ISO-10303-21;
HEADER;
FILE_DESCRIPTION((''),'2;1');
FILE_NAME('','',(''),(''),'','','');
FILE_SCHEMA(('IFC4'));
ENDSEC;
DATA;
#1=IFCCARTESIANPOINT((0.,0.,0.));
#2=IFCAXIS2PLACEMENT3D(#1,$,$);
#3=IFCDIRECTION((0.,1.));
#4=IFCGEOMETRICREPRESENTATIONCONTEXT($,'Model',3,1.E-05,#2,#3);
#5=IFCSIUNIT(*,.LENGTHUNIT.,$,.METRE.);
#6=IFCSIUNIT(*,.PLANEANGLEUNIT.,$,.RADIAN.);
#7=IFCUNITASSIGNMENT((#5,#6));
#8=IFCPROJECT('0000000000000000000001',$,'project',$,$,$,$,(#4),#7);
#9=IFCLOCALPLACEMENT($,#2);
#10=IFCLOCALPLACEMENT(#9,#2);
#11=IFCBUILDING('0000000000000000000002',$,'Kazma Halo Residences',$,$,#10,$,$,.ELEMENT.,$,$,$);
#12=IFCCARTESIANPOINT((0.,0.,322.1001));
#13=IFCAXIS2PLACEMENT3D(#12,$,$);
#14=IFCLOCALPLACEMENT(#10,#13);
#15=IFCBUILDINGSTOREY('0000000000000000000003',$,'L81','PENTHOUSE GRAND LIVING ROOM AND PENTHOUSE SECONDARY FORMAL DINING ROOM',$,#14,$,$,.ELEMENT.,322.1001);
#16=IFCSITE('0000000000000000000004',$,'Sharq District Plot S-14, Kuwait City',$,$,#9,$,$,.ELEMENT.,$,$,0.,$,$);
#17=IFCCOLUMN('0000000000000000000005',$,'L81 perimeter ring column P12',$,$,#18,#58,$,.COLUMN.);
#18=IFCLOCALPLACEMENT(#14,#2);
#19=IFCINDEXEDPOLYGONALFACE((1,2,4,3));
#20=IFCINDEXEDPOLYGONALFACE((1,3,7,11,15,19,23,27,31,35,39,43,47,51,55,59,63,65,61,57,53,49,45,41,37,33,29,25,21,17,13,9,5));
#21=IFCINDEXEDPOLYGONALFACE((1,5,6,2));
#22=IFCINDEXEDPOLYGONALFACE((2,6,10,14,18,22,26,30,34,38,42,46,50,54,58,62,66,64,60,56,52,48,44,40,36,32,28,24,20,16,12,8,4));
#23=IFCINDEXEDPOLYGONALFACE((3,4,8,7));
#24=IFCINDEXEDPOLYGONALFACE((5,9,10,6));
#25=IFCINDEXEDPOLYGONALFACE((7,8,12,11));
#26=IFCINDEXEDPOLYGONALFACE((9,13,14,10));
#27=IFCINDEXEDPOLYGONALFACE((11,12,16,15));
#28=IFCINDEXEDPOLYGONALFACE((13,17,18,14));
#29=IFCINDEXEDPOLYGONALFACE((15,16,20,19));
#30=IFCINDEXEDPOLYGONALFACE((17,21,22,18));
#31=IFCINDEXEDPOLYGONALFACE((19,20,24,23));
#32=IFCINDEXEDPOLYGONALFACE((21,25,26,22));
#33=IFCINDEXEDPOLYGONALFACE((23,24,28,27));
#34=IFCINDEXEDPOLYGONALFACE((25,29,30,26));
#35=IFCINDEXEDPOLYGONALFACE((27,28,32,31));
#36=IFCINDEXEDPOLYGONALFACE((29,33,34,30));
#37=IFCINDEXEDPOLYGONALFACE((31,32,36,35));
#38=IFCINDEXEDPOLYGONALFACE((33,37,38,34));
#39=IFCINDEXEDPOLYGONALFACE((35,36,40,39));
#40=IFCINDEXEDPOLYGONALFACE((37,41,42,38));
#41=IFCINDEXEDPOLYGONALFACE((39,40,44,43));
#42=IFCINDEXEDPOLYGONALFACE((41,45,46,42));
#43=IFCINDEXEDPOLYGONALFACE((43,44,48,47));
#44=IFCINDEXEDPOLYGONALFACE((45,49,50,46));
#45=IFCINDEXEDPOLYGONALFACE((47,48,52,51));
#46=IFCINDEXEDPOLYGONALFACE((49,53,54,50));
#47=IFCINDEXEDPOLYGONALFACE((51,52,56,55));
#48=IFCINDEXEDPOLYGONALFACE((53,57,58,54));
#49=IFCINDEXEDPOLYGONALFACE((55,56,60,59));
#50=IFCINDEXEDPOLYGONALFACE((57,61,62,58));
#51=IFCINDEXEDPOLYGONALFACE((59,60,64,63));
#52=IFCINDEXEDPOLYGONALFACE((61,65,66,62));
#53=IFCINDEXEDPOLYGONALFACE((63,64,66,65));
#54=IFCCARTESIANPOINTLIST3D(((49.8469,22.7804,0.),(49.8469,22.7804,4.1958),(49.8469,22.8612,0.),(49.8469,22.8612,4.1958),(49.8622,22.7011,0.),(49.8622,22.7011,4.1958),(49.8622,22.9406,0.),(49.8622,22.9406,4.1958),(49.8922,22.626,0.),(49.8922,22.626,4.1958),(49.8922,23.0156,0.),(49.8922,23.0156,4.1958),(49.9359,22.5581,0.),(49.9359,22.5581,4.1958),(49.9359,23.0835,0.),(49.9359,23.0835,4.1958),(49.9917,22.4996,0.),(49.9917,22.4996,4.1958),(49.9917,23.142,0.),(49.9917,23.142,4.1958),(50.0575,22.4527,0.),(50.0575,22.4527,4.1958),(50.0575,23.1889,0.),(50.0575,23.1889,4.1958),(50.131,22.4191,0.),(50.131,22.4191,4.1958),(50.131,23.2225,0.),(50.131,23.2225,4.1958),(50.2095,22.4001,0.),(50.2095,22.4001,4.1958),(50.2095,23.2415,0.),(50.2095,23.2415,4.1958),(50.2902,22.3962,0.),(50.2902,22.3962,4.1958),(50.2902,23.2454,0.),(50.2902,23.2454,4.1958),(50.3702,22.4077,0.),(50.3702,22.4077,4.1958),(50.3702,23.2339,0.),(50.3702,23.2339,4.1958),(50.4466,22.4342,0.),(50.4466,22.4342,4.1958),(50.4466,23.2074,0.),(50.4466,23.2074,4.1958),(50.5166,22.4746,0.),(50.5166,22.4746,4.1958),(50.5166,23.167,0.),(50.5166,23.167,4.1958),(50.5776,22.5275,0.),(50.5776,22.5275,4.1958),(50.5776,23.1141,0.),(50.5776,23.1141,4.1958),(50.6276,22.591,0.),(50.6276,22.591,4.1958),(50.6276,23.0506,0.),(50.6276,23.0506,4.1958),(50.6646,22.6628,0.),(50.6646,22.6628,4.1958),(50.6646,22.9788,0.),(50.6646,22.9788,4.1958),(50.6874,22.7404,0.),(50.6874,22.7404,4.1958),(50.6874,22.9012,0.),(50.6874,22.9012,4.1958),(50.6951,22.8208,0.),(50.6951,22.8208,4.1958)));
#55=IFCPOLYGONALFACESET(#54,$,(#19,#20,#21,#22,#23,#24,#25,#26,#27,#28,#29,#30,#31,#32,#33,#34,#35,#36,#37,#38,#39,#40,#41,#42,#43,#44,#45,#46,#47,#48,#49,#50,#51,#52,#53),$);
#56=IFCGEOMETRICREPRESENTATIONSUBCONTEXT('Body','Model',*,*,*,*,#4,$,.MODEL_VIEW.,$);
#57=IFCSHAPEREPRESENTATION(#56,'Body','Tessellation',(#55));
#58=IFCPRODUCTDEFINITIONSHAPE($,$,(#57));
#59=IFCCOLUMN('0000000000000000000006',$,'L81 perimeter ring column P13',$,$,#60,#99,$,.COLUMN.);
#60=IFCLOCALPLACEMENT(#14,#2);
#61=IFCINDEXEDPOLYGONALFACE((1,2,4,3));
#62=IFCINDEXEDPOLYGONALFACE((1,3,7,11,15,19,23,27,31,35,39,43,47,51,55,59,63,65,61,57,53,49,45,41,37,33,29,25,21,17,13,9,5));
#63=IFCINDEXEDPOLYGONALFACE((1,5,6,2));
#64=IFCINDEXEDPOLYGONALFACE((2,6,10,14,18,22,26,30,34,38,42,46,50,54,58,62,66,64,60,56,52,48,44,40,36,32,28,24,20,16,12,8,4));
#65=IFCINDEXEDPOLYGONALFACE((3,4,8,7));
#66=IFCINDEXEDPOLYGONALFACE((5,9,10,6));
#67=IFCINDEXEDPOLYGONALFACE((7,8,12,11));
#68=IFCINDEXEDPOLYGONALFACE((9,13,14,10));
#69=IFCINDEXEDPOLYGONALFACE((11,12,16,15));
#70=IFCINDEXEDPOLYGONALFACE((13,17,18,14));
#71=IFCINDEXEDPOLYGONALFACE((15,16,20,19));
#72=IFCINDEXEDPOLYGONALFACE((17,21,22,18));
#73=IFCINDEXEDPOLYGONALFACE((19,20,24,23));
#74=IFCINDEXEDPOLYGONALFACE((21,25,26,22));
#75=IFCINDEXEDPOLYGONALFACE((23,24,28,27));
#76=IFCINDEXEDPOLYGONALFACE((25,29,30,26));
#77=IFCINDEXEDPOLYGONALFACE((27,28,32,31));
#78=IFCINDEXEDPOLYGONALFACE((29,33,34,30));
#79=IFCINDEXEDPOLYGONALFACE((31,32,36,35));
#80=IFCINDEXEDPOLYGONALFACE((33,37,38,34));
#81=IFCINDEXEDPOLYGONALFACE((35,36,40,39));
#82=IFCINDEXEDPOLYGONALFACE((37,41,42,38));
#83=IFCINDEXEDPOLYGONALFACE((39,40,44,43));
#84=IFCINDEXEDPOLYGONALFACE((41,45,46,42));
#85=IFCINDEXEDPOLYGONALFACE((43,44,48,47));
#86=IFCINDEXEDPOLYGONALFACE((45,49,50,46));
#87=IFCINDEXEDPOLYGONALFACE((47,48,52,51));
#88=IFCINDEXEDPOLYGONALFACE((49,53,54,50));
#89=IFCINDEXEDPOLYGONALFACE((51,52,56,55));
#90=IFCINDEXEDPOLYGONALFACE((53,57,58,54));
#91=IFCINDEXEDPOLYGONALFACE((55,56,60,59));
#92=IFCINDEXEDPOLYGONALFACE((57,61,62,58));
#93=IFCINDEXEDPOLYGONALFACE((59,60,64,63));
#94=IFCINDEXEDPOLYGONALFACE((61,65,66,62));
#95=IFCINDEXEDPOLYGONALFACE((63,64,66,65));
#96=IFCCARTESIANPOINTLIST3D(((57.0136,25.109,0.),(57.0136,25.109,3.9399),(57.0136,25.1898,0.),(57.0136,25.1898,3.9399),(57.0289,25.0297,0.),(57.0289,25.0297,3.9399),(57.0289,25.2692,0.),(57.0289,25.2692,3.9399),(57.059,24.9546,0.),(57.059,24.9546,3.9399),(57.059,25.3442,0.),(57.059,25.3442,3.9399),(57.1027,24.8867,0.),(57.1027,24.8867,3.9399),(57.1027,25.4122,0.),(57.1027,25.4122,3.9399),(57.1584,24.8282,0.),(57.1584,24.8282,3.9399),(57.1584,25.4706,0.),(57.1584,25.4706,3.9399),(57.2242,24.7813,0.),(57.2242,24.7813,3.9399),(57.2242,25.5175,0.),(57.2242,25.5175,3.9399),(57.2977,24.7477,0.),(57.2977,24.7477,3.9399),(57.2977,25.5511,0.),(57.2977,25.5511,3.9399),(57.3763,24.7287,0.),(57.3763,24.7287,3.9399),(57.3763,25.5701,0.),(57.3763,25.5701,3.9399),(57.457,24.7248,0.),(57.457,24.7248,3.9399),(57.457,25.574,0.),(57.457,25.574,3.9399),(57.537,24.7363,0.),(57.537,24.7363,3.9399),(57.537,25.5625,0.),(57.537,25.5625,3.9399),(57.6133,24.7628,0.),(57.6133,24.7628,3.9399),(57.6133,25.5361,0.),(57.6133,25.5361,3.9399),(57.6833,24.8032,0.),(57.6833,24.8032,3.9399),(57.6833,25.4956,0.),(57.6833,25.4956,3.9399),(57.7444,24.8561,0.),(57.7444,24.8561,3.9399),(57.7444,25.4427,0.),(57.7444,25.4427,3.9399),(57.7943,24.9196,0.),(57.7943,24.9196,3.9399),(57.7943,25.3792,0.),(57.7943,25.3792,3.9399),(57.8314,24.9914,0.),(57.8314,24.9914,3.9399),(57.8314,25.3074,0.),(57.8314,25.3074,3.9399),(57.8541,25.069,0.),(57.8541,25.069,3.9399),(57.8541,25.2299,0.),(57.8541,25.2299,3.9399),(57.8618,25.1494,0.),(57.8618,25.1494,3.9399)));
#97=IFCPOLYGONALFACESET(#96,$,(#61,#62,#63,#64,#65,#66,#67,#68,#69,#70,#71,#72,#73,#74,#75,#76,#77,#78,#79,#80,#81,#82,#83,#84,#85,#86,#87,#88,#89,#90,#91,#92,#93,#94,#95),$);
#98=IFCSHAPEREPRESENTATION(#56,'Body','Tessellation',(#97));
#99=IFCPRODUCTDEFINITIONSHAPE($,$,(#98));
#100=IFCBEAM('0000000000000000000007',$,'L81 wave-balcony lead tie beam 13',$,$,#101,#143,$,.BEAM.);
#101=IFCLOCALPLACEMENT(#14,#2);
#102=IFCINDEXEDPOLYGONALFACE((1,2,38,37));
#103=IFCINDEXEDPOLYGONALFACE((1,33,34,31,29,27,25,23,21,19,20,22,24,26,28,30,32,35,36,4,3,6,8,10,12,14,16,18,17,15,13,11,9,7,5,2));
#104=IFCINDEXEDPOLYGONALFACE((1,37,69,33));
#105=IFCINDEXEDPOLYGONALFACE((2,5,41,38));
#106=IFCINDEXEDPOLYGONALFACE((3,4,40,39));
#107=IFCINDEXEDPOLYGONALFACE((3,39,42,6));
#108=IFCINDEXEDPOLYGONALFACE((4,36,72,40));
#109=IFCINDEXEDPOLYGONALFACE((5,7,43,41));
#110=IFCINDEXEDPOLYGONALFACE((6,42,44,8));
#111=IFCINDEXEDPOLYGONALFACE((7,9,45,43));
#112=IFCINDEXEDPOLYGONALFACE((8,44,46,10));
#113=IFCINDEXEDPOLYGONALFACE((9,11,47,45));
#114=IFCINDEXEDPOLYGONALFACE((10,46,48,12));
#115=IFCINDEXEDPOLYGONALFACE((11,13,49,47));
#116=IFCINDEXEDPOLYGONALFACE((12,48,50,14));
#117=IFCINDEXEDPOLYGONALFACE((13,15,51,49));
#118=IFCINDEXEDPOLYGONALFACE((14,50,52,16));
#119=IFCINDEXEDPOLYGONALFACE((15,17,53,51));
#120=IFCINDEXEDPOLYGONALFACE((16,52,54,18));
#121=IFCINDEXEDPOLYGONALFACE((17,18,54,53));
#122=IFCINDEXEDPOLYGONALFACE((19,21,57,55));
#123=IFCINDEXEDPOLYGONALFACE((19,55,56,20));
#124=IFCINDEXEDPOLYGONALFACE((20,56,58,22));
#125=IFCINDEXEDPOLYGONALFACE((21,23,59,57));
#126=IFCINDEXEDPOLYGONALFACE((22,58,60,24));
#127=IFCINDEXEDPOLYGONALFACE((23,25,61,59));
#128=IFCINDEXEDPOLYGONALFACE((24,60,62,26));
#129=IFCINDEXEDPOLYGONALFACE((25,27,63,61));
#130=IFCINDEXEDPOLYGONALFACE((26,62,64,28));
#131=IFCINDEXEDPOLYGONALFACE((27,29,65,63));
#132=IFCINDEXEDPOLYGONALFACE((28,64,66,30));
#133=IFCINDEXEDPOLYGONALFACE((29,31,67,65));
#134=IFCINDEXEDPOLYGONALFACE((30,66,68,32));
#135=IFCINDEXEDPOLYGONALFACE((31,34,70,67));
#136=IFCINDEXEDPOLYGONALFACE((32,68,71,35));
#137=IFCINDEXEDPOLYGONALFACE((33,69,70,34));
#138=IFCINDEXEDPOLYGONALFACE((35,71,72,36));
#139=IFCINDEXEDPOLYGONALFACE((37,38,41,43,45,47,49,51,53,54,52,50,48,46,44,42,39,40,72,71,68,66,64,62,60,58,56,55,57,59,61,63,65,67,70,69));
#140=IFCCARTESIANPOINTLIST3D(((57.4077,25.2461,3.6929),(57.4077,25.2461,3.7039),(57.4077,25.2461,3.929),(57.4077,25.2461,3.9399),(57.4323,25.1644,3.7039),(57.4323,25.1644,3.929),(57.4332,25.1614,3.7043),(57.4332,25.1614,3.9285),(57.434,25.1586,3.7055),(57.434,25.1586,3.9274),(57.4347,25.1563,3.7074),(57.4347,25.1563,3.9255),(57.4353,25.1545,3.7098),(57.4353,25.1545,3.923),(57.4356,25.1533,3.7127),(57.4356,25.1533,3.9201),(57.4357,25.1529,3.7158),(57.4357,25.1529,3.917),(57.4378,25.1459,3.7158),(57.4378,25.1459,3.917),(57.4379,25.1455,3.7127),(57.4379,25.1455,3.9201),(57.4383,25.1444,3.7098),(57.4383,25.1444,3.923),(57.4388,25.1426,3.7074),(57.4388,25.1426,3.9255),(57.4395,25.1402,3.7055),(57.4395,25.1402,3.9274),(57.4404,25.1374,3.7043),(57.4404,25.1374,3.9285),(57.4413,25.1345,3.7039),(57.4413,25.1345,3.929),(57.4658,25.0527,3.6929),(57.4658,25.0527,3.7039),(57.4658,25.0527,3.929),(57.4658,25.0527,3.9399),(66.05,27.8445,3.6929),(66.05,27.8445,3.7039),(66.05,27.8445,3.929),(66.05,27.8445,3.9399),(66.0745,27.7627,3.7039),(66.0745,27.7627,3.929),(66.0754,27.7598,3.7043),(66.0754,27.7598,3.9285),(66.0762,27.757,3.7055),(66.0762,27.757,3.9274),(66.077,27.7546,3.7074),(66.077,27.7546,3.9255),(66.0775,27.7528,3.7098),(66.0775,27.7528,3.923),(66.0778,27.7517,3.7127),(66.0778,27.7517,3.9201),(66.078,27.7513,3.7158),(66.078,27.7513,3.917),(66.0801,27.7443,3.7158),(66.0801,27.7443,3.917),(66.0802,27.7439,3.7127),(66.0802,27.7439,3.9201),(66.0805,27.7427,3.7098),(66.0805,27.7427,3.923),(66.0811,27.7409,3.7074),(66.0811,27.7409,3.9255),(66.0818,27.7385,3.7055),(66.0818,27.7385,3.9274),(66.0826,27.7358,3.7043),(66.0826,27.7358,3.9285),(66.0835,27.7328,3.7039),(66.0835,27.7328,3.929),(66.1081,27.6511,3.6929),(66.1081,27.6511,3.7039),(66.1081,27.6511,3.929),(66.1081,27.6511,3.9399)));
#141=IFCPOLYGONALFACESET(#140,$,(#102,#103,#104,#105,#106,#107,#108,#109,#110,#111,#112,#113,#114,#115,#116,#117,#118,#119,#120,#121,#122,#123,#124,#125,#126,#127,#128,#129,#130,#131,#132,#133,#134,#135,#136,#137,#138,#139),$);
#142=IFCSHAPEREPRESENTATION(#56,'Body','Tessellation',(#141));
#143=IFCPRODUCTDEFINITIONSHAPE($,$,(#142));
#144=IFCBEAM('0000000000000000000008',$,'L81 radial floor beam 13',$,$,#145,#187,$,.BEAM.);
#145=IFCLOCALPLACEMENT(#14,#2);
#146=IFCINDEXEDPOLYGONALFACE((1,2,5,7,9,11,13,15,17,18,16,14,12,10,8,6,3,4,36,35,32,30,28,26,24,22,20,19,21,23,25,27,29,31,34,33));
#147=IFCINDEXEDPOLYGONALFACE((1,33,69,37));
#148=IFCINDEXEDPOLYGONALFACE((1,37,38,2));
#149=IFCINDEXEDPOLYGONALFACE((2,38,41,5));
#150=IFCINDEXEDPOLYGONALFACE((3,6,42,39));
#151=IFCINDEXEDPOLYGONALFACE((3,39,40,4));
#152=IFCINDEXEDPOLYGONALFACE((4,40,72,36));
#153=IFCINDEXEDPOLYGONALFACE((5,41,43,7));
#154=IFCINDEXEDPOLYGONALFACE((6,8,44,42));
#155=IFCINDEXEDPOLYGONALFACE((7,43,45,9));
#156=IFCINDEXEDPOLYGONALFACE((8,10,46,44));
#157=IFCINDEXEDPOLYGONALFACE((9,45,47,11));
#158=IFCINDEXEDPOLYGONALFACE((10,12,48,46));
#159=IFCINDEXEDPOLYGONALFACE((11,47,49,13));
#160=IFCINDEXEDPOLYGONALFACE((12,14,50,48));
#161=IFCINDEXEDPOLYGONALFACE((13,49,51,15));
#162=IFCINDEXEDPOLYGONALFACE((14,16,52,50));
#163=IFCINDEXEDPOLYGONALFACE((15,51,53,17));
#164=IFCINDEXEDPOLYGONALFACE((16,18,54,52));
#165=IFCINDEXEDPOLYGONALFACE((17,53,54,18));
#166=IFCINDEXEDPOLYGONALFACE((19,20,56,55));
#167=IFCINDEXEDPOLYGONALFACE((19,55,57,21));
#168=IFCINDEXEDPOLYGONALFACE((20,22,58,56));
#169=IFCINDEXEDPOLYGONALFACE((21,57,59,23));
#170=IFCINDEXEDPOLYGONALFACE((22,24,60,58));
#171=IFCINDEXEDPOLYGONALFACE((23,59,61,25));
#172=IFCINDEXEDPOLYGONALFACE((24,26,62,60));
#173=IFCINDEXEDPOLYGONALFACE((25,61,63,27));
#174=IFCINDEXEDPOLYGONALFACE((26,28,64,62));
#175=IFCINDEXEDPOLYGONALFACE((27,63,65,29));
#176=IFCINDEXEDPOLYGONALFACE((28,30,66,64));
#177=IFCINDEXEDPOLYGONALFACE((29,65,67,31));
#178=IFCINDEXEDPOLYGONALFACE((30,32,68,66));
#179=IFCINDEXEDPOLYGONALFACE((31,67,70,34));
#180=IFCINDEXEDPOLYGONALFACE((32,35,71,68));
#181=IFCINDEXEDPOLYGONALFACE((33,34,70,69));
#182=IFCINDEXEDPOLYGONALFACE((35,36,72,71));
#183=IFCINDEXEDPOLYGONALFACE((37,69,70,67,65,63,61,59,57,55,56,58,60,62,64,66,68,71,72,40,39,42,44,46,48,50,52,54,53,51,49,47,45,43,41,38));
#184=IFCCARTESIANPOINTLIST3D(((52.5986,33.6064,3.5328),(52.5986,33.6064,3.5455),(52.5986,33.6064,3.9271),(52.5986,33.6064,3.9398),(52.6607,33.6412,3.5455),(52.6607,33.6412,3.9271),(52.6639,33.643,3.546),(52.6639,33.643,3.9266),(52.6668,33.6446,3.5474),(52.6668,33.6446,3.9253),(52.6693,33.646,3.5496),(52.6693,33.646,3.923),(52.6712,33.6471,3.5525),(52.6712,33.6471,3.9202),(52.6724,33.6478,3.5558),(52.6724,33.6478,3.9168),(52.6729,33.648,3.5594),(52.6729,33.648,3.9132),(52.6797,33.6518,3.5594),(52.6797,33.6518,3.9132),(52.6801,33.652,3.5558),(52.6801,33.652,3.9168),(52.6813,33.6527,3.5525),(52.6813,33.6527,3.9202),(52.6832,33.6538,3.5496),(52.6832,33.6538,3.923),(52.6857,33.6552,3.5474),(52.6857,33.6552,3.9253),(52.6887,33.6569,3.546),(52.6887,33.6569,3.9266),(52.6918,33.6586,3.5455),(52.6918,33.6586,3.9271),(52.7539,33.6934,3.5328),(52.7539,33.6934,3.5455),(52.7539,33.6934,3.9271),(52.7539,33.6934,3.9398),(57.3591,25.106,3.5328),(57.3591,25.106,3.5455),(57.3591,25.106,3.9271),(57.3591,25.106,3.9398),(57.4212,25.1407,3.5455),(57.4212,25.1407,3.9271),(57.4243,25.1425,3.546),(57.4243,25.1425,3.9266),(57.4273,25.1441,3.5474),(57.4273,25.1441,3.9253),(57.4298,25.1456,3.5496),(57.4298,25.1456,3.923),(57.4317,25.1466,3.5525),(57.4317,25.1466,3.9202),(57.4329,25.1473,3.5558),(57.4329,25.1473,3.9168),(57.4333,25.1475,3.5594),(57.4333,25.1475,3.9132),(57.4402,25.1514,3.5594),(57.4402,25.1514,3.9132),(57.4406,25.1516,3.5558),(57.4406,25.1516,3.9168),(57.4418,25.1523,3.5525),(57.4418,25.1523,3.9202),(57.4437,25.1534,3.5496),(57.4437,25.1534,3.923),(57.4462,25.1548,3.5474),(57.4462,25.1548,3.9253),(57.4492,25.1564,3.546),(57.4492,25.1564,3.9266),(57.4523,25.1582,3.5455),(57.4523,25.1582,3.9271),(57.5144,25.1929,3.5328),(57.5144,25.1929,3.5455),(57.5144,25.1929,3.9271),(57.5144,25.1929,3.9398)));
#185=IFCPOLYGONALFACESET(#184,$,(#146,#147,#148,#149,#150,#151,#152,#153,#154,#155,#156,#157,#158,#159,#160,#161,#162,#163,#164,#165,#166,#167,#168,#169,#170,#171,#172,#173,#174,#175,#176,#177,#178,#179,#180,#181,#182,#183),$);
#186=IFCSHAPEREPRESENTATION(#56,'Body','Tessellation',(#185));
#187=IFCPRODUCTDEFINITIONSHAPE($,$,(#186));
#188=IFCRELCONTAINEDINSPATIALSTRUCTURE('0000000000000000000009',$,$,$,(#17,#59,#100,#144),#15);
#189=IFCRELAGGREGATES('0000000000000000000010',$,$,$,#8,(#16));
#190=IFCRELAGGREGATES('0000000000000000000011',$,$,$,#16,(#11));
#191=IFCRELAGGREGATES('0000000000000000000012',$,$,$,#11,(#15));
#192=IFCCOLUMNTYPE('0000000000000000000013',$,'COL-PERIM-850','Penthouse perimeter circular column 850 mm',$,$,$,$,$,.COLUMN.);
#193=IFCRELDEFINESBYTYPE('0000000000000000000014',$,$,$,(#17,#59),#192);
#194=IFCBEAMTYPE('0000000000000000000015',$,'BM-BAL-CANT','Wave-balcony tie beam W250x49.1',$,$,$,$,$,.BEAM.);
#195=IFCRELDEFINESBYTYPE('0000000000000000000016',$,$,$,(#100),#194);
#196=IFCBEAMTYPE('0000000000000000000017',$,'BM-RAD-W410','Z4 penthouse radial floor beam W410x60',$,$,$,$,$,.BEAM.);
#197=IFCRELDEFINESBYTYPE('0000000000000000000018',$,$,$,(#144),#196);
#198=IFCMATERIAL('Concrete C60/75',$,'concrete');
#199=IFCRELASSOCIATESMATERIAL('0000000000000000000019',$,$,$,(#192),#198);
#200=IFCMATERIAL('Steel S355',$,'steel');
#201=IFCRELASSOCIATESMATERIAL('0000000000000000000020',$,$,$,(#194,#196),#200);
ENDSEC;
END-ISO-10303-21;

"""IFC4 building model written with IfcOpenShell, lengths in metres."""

from ifc_helpers import new_model, si_unit, direction, frame, origin, origin_2d, place, context, subcontext, project, spatial, circle, i_section, extrude, material, material_profile, profile_set, type_object, element, save


model = new_model("IFC4")

# Units and contexts
model_context = context("Model", 3, precision=1e-05, world=origin(), true_north=direction((0.0, 1.0)))
body_context = subcontext(model_context, "Body", "Model", "MODEL_VIEW")
ifc_project = project(units=[si_unit("LENGTHUNIT", "METRE"), si_unit("PLANEANGLEUNIT", "RADIAN")], contexts=[model_context])

# Site, building, storey
site_placement = place(None, origin())
site = spatial("IfcSite", under=ifc_project, at=site_placement, Name="Sharq District Plot S-14, Kuwait City", CompositionType="ELEMENT", RefElevation=0.0)
building_placement = place(site_placement, origin())
building = spatial("IfcBuilding", under=site, at=building_placement, Name="Kazma Halo Residences", CompositionType="ELEMENT")
storey_placement = place(building_placement, frame((0.0, 0.0, 322.1001)))
storey = spatial("IfcBuildingStorey", under=building, at=storey_placement, Name="L81", Description="PENTHOUSE GRAND LIVING ROOM AND PENTHOUSE SECONDARY FORMAL DINING ROOM", CompositionType="ELEMENT", Elevation=322.1001)

# Columns
ifc_material_1 = material(Name="Concrete C60/75", Category="concrete")
ifc_material_profile_1 = material_profile(ifc_material_1, circle(Radius=0.425, at=origin_2d()), Name="CIRC850")
ifc_profile_set_1 = profile_set([ifc_material_profile_1], Name="Concrete C60/75")
column_type = type_object("IfcColumnType", Name="COL-PERIM-850", Description="Penthouse perimeter circular column 850 mm", PredefinedType="COLUMN", material=ifc_profile_set_1)
column_1_placement = place(storey_placement, frame((50.27, 22.8208, 0.0), z_axis=(0.0, 0.0, 1.0), x_axis=(1.0, 0.0, 0.0)))
element("IfcColumn", 1, at=column_1_placement, inside=storey, type_object=column_type, Name="L81 perimeter ring column P12", PredefinedType="COLUMN", context=body_context, shape_type="SweptSolid", body=[
    extrude(circle(Radius=0.425, at=origin_2d()), origin(), (0.0, 0.0, 1.0), 4.1958),
])
column_2_placement = place(storey_placement, frame((57.4368, 25.1494, 0.0), z_axis=(0.0, 0.0, 1.0), x_axis=(1.0, 0.0, 0.0)))
element("IfcColumn", 2, at=column_2_placement, inside=storey, type_object=column_type, Name="L81 perimeter ring column P13", PredefinedType="COLUMN", context=body_context, shape_type="SweptSolid", body=[
    extrude(circle(Radius=0.425, at=origin_2d()), origin(), (0.0, 0.0, 1.0), 3.9399),
])

# Beams
ifc_material_2 = material(Name="Steel S355", Category="steel")
ifc_material_profile_2 = material_profile(ifc_material_2, i_section(OverallWidth=0.2019, OverallDepth=0.2471, WebThickness=0.0073, FlangeThickness=0.011, FilletRadius=0.012, at=origin_2d()), Name="W250x49.1")
ifc_profile_set_2 = profile_set([ifc_material_profile_2], Name="Steel S355")
beam_type_1 = type_object("IfcBeamType", Name="BM-BAL-CANT", Description="Wave-balcony tie beam W250x49.1", PredefinedType="BEAM", material=ifc_profile_set_2)
beam_1_placement = place(storey_placement, frame((57.4368, 25.1494, 3.8164), z_axis=(0.957653, 0.287926, 0.0), x_axis=(-0.287926, 0.957653, 0.0)))
element("IfcBeam", 3, at=beam_1_placement, inside=storey, type_object=beam_type_1, Name="L81 wave-balcony lead tie beam 13", PredefinedType="BEAM", context=body_context, shape_type="SweptSolid", body=[
    extrude(i_section(OverallWidth=0.2019, OverallDepth=0.2471, WebThickness=0.0073, FlangeThickness=0.011, FilletRadius=0.012, at=origin_2d()), origin(), (0.0, 0.0, 1.0), 9.0244),
])
ifc_material_profile_3 = material_profile(ifc_material_2, i_section(OverallWidth=0.178, OverallDepth=0.407, WebThickness=0.0078, FlangeThickness=0.0127, FilletRadius=0.0139, at=origin_2d()), Name="W410x60")
ifc_profile_set_3 = profile_set([ifc_material_profile_3], Name="Steel S355")
beam_type_2 = type_object("IfcBeamType", Name="BM-RAD-W410", Description="Z4 penthouse radial floor beam W410x60", PredefinedType="BEAM", material=ifc_profile_set_3)
beam_2_placement = place(storey_placement, frame((52.6763, 33.6499, 3.7363), z_axis=(0.488621, -0.872496, 0.0), x_axis=(0.872496, 0.488621, 0.0)))
element("IfcBeam", 4, at=beam_2_placement, inside=storey, type_object=beam_type_2, Name="L81 radial floor beam 13", PredefinedType="BEAM", context=body_context, shape_type="SweptSolid", body=[
    extrude(i_section(OverallWidth=0.178, OverallDepth=0.407, WebThickness=0.0078, FlangeThickness=0.0127, FilletRadius=0.0139, at=origin_2d()), origin(), (0.0, 0.0, 1.0), 9.7427),
])

save(model, "model.ifc")
